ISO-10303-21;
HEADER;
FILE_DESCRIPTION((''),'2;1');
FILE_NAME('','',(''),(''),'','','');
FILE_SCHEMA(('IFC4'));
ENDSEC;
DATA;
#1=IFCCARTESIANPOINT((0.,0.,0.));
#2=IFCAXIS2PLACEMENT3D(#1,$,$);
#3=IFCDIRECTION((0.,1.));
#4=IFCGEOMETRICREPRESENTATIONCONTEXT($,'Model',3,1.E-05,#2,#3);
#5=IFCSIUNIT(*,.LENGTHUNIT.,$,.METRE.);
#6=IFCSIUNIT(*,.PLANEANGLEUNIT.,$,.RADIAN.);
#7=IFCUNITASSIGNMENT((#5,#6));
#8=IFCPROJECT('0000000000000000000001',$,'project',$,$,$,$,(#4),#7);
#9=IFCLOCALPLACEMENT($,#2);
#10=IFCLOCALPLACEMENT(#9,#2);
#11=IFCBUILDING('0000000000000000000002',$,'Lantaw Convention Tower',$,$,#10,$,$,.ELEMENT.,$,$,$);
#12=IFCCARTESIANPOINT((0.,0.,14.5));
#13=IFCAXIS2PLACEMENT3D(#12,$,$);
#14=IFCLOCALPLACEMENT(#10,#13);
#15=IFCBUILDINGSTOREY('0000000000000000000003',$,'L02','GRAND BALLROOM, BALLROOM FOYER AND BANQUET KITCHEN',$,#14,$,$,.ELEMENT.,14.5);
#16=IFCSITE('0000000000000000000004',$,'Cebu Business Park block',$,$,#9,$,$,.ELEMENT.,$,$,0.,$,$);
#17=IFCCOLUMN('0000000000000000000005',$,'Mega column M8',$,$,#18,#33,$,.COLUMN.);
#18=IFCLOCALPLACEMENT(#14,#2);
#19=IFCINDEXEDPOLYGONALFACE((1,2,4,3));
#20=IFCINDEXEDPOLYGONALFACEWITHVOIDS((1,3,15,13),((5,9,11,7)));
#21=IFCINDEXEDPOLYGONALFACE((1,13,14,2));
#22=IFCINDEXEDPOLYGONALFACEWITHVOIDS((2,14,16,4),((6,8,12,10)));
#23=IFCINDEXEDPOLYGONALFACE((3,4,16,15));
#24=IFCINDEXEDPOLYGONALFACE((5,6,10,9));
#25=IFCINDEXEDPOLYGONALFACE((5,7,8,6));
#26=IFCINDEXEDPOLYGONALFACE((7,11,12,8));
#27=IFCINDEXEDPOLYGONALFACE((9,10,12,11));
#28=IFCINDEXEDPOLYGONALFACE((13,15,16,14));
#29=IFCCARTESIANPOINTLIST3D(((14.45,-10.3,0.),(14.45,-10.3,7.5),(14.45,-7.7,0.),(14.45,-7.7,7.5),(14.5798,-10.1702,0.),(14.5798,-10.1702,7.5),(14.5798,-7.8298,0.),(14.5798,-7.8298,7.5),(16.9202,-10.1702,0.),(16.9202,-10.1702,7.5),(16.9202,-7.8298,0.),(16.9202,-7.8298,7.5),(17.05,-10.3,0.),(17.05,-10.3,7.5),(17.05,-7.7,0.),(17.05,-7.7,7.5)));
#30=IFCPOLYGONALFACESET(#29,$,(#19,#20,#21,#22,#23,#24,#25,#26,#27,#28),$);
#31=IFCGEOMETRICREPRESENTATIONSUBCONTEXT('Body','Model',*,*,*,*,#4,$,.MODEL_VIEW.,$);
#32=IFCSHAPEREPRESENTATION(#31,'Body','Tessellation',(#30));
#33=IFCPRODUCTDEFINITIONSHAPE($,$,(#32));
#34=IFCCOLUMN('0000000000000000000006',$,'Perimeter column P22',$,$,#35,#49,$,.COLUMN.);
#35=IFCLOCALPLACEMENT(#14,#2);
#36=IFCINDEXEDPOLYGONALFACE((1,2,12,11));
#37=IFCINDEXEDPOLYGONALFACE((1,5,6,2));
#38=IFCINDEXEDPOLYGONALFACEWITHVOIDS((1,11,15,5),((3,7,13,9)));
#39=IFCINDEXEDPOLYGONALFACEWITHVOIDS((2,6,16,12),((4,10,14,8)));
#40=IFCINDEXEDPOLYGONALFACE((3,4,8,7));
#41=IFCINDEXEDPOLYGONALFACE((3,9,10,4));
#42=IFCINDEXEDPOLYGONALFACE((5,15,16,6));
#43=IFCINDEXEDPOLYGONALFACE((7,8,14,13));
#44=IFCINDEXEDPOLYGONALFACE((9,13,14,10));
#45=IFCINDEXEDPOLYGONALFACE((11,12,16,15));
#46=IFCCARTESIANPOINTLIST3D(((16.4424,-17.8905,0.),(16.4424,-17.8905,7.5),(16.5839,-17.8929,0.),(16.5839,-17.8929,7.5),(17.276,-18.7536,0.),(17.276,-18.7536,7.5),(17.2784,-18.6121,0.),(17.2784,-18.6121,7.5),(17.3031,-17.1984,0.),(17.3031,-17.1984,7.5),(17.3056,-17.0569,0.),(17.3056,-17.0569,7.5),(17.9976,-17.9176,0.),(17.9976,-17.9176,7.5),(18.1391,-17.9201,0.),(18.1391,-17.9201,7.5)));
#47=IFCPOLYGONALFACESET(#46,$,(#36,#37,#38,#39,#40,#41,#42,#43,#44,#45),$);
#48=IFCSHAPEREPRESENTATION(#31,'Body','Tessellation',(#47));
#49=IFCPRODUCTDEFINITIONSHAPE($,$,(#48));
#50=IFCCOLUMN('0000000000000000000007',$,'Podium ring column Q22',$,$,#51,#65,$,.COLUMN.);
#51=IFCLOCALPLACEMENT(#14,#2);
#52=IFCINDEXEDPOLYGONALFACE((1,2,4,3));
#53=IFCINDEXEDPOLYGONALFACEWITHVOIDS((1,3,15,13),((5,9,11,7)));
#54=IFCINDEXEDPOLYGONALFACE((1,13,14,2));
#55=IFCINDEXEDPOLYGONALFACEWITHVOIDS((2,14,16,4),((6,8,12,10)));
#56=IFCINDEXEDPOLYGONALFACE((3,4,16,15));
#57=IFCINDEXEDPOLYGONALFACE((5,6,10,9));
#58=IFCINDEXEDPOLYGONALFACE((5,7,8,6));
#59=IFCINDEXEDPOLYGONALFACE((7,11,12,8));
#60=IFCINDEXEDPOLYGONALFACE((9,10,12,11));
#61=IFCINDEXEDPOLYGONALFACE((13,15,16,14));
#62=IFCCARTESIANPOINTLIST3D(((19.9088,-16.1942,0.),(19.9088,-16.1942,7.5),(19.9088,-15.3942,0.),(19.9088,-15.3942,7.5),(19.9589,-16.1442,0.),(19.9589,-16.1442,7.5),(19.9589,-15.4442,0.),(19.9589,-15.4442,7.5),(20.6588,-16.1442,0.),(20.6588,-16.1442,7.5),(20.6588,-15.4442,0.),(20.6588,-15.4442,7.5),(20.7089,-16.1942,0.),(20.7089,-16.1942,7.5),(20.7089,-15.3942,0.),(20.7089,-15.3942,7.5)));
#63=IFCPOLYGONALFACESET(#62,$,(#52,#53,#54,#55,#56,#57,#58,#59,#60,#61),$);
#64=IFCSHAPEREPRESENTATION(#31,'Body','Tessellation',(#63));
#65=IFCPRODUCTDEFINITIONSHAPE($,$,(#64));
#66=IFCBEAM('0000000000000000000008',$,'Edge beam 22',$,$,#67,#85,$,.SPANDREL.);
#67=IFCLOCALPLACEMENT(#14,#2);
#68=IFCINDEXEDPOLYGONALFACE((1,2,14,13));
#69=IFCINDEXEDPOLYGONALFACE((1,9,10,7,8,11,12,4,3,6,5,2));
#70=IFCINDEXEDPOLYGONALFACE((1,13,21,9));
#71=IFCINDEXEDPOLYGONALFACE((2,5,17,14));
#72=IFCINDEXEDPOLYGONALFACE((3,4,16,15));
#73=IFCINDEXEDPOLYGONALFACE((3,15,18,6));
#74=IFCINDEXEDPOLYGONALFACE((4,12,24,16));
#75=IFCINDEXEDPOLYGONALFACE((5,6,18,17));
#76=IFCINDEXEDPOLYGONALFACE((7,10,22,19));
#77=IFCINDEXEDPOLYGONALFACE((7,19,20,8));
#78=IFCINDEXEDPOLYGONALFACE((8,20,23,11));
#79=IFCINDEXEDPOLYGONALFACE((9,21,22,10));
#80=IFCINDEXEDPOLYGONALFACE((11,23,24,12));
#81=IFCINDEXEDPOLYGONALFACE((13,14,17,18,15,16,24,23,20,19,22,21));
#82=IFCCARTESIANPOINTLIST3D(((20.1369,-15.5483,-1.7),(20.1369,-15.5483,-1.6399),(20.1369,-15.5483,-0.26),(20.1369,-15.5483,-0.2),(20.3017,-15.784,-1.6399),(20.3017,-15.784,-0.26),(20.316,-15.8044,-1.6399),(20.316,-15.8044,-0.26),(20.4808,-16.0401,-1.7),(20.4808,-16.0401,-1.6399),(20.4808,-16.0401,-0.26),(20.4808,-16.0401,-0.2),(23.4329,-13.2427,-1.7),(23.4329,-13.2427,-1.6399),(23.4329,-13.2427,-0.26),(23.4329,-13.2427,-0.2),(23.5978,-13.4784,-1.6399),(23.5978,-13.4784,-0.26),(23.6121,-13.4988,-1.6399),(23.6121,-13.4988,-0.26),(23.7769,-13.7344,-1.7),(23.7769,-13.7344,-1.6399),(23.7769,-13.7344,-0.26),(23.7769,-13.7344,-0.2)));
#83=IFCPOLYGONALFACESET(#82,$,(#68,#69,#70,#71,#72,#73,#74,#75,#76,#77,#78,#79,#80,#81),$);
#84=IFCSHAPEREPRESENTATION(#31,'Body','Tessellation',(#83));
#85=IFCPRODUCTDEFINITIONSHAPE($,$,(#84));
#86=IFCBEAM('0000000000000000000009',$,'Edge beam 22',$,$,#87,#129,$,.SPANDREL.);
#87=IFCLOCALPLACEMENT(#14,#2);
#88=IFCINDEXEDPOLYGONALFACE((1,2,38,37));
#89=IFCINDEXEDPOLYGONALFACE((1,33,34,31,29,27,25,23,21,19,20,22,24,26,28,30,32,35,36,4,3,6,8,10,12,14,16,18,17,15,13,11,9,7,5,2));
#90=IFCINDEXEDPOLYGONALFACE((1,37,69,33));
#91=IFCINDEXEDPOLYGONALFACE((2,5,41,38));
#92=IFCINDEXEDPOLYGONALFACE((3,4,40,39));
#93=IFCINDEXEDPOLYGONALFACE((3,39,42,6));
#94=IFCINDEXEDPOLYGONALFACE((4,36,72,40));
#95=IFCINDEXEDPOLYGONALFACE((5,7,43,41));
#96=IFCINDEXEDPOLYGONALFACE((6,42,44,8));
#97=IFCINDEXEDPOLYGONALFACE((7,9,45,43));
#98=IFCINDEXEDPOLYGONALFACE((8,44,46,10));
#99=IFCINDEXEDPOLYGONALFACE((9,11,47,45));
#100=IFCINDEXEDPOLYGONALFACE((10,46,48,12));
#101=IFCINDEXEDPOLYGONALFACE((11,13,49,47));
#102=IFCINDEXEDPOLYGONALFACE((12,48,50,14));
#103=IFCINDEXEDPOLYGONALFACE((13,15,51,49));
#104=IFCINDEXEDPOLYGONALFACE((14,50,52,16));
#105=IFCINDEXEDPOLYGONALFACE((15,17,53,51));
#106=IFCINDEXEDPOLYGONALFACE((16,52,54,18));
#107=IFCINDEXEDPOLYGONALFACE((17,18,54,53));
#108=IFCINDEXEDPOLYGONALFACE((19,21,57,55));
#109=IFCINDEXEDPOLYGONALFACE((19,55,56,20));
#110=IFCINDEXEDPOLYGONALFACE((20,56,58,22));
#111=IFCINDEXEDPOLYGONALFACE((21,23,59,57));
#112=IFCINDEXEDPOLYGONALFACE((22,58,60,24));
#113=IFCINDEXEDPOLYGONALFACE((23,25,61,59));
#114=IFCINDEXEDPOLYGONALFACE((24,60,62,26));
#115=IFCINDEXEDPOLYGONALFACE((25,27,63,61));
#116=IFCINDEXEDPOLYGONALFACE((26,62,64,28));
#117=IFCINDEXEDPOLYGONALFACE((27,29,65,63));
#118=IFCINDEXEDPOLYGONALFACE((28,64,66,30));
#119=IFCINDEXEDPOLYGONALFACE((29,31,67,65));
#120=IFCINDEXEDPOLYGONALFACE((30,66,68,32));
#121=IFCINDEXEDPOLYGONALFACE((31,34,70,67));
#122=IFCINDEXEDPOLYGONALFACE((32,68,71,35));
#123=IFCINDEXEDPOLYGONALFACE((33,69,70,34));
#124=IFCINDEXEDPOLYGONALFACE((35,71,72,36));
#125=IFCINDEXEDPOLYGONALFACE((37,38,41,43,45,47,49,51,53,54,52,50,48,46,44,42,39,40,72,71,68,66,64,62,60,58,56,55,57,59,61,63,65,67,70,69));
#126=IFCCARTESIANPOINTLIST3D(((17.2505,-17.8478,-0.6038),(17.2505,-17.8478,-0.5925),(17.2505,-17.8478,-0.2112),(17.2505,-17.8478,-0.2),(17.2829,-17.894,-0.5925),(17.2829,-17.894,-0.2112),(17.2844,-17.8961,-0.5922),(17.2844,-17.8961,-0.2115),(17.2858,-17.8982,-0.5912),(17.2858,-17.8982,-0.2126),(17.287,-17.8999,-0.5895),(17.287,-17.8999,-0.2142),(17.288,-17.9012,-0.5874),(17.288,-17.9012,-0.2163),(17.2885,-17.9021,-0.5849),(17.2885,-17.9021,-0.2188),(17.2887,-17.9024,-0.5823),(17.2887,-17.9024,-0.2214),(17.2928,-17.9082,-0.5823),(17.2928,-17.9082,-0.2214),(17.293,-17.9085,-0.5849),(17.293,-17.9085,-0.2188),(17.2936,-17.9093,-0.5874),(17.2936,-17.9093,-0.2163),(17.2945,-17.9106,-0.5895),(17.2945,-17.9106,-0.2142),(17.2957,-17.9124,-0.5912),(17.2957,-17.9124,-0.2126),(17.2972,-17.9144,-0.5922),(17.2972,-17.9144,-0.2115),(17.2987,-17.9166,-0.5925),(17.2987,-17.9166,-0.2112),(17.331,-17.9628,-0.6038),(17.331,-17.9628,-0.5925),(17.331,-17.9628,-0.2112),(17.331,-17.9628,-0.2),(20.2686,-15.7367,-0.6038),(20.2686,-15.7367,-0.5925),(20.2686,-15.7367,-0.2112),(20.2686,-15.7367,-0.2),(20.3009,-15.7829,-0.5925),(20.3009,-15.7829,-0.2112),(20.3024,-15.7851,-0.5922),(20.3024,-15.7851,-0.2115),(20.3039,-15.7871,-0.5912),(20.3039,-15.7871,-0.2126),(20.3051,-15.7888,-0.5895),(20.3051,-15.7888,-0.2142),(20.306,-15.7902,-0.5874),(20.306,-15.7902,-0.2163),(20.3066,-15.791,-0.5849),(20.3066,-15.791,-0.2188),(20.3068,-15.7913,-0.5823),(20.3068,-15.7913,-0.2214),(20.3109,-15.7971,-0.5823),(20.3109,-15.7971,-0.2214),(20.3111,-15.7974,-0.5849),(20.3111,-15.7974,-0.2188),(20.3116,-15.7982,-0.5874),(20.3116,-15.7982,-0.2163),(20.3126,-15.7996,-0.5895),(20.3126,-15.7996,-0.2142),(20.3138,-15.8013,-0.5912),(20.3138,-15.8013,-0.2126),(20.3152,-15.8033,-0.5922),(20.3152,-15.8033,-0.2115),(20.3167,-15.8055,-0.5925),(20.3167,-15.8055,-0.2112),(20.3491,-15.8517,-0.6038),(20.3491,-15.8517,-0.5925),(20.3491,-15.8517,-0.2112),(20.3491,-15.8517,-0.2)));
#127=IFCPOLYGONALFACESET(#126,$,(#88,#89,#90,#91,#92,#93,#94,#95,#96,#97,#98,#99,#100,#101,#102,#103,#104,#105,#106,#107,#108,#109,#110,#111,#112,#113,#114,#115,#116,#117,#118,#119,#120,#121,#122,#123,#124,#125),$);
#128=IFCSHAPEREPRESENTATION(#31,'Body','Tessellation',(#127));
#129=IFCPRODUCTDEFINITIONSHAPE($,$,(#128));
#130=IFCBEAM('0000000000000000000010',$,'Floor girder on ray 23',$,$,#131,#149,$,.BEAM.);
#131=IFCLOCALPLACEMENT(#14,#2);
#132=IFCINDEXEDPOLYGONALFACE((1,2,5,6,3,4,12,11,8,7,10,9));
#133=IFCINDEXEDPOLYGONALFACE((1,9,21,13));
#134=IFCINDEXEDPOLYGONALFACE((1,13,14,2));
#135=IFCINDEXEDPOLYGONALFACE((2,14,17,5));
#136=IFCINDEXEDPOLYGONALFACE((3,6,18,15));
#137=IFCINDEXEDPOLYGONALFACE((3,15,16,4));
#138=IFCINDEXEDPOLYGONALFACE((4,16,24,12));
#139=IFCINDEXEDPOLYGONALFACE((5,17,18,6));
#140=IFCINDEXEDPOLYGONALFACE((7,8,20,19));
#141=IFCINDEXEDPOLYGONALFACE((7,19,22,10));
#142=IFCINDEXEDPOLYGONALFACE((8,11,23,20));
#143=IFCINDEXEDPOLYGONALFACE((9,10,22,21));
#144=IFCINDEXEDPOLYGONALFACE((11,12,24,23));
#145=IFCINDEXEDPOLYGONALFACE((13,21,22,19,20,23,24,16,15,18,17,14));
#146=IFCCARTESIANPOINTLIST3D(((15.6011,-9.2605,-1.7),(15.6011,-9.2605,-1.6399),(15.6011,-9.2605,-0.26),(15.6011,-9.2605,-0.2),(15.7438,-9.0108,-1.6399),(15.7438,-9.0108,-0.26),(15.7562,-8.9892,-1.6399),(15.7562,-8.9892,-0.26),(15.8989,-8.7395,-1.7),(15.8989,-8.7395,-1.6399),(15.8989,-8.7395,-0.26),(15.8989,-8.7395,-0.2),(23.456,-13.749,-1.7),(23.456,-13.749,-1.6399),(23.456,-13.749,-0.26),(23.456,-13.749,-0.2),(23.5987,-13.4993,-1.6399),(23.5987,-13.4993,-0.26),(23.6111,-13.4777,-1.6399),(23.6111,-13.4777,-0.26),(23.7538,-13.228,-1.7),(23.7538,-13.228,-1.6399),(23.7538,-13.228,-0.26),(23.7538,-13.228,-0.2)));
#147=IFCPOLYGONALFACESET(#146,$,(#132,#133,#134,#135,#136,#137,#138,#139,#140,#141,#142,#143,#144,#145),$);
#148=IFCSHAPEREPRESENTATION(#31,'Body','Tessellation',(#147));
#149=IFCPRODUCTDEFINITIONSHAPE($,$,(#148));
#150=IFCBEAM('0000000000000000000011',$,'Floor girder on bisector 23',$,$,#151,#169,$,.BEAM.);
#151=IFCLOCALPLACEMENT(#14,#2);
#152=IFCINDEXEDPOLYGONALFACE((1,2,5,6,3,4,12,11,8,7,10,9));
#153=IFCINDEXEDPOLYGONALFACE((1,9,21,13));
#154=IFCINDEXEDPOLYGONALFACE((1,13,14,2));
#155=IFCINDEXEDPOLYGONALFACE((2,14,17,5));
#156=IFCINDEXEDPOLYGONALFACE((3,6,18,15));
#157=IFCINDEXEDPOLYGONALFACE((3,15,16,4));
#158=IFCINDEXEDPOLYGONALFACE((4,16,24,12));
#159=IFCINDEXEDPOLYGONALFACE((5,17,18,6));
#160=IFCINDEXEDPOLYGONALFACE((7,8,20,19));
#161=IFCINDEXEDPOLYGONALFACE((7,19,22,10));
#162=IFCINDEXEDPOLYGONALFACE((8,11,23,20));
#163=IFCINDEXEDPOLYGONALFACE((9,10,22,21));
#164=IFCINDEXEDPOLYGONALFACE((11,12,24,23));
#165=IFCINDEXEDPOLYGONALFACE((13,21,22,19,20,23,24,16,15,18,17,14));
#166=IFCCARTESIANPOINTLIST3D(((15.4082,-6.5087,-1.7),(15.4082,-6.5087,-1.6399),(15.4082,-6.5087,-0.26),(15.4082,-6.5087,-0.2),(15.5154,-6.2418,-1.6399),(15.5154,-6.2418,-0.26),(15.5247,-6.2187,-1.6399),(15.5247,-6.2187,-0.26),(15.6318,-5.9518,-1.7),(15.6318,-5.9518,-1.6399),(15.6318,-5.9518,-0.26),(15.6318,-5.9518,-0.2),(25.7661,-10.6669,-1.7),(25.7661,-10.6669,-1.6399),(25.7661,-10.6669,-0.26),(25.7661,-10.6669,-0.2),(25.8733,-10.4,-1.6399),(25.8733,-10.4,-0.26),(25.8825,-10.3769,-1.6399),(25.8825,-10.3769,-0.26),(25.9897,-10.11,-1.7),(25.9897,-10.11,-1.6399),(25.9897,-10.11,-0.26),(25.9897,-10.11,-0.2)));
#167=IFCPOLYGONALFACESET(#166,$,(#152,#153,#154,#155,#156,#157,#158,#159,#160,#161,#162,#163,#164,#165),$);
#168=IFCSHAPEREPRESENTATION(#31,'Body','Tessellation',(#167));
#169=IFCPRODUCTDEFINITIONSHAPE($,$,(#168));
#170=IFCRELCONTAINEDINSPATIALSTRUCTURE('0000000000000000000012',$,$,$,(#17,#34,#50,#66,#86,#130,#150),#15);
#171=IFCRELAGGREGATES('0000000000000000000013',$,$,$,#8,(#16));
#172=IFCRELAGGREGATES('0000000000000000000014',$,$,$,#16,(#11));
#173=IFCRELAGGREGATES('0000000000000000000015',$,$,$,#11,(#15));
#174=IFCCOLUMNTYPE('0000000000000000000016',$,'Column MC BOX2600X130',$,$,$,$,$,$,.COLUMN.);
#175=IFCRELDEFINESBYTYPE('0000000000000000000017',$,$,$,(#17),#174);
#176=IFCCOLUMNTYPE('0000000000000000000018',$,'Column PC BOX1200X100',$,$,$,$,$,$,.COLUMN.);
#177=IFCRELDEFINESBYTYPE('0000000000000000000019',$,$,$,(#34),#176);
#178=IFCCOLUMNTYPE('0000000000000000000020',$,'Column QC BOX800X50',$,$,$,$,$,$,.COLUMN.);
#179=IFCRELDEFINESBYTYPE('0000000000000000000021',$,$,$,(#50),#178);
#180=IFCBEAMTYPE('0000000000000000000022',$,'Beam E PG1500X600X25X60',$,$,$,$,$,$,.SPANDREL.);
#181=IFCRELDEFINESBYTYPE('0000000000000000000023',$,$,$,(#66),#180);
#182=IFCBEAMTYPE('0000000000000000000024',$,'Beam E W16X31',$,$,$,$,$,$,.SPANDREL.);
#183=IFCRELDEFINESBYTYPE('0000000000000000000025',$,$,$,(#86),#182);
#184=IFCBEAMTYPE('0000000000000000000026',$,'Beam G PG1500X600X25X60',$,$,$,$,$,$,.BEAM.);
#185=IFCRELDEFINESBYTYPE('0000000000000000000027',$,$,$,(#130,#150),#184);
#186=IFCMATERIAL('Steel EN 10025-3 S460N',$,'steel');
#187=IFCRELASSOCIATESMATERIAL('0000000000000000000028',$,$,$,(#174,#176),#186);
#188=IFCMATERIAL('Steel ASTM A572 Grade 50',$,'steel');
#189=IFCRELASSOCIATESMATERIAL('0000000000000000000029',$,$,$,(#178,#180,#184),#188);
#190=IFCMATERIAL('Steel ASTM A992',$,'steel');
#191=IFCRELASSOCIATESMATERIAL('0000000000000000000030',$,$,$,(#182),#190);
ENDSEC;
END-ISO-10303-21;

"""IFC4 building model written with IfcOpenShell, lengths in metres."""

from ifc_helpers import new_model, si_unit, direction, frame, origin, origin_2d, place, context, subcontext, project, spatial, rectangle, hollow_rectangle, i_section, extrude, material, material_profile, profile_set, type_object, element, save


model = new_model("IFC4")

# Units and contexts
model_context = context("Model", 3, precision=1e-05, world=origin(), true_north=direction((0.0, 1.0)))
body_context = subcontext(model_context, "Body", "Model", "MODEL_VIEW")
ifc_project = project(units=[si_unit("LENGTHUNIT", "METRE"), si_unit("PLANEANGLEUNIT", "RADIAN")], contexts=[model_context])

# Site, building, storey
site_placement = place(None, origin())
site = spatial("IfcSite", under=ifc_project, at=site_placement, Name="Cebu Business Park block", CompositionType="ELEMENT", RefElevation=0.0)
building_placement = place(site_placement, origin())
building = spatial("IfcBuilding", under=site, at=building_placement, Name="Lantaw Convention Tower", CompositionType="ELEMENT")
storey_placement = place(building_placement, frame((0.0, 0.0, 14.5)))
storey = spatial("IfcBuildingStorey", under=building, at=storey_placement, Name="L02", Description="GRAND BALLROOM, BALLROOM FOYER AND BANQUET KITCHEN", CompositionType="ELEMENT", Elevation=14.5)

# Columns
ifc_material_1 = material(Name="Steel EN 10025-3 S460N", Category="steel")
ifc_material_profile_1 = material_profile(ifc_material_1, hollow_rectangle(XDim=2.6001, YDim=2.6001, WallThickness=0.1299, at=origin_2d()), Name="BOX2600X130")
ifc_material_2 = material(Name="Concrete C60/75", Category="concrete")
ifc_material_profile_2 = material_profile(ifc_material_2, rectangle(XDim=2.3401, YDim=2.3401, at=origin_2d()), Name="Concrete fill of BOX2600X130")
ifc_profile_set_1 = profile_set([ifc_material_profile_1, ifc_material_profile_2], Name="Steel EN 10025-3 S460N")
column_type_1 = type_object("IfcColumnType", Name="Column MC BOX2600X130", PredefinedType="COLUMN", material=ifc_profile_set_1)
column_1_placement = place(storey_placement, frame((15.75, -9.0, 0.0), z_axis=(0.0, 0.0, 1.0), x_axis=(1.0, 0.0, 0.0)))
element("IfcColumn", 1, at=column_1_placement, inside=storey, type_object=column_type_1, Name="Mega column M8", PredefinedType="COLUMN", context=body_context, shape_type="SweptSolid", body=[
    extrude(hollow_rectangle(XDim=2.6001, YDim=2.6001, WallThickness=0.1299, at=origin_2d()), origin(), (0.0, 0.0, 1.0), 7.5),
])
ifc_material_profile_3 = material_profile(ifc_material_1, hollow_rectangle(XDim=1.2, YDim=1.2, WallThickness=0.1001, at=origin_2d()), Name="BOX1200X100")
ifc_material_profile_4 = material_profile(ifc_material_2, rectangle(XDim=1.0, YDim=1.0, at=origin_2d()), Name="Concrete fill of BOX1200X100")
ifc_profile_set_2 = profile_set([ifc_material_profile_3, ifc_material_profile_4], Name="Steel EN 10025-3 S460N")
column_type_2 = type_object("IfcColumnType", Name="Column PC BOX1200X100", PredefinedType="COLUMN", material=ifc_profile_set_2)
column_2_placement = place(storey_placement, frame((17.2908, -17.9053, 0.0), z_axis=(0.0, 0.0, 1.0), x_axis=(0.71934, 0.694658, 0.0)))
element("IfcColumn", 2, at=column_2_placement, inside=storey, type_object=column_type_2, Name="Perimeter column P22", PredefinedType="COLUMN", context=body_context, shape_type="SweptSolid", body=[
    extrude(hollow_rectangle(XDim=1.2, YDim=1.2, WallThickness=0.1001, at=origin_2d()), origin(), (0.0, 0.0, 1.0), 7.5),
])
ifc_material_3 = material(Name="Steel ASTM A572 Grade 50", Category="steel")
ifc_material_profile_5 = material_profile(ifc_material_3, hollow_rectangle(XDim=0.8, YDim=0.8, WallThickness=0.05, at=origin_2d()), Name="BOX800X50")
ifc_profile_set_3 = profile_set([ifc_material_profile_5], Name="Steel ASTM A572 Grade 50")
column_type_3 = type_object("IfcColumnType", Name="Column QC BOX800X50", PredefinedType="COLUMN", material=ifc_profile_set_3)
column_3_placement = place(storey_placement, frame((20.3088, -15.7942, 0.0), z_axis=(0.0, 0.0, 1.0), x_axis=(1.0, 0.0, 0.0)))
element("IfcColumn", 3, at=column_3_placement, inside=storey, type_object=column_type_3, Name="Podium ring column Q22", PredefinedType="COLUMN", context=body_context, shape_type="SweptSolid", body=[
    extrude(hollow_rectangle(XDim=0.8, YDim=0.8, WallThickness=0.05, at=origin_2d()), origin(), (0.0, 0.0, 1.0), 7.5),
])

# Beams
ifc_material_profile_6 = material_profile(ifc_material_3, i_section(OverallWidth=0.6001, OverallDepth=1.5, WebThickness=0.0249, FlangeThickness=0.0601, at=origin_2d()), Name="PG1500X600X25X60")
ifc_profile_set_4 = profile_set([ifc_material_profile_6], Name="Steel ASTM A572 Grade 50")
beam_type_1 = type_object("IfcBeamType", Name="Beam E PG1500X600X25X60", PredefinedType="SPANDREL", material=ifc_profile_set_4)
beam_1_placement = place(storey_placement, frame((20.3088, -15.7942, -0.95), z_axis=(0.819423, 0.573189, 0.0), x_axis=(-0.573189, 0.819423, 0.0)))
element("IfcBeam", 4, at=beam_1_placement, inside=storey, type_object=beam_type_1, Name="Edge beam 22", PredefinedType="SPANDREL", context=body_context, shape_type="SweptSolid", body=[
    extrude(i_section(OverallWidth=0.6001, OverallDepth=1.5, WebThickness=0.0249, FlangeThickness=0.0601, at=origin_2d()), origin(), (0.0, 0.0, 1.0), 4.0225),
])
ifc_material_4 = material(Name="Steel ASTM A992", Category="steel")
ifc_material_profile_7 = material_profile(ifc_material_4, i_section(OverallWidth=0.1404, OverallDepth=0.4038, WebThickness=0.0071, FlangeThickness=0.0112, FilletRadius=0.0103, at=origin_2d()), Name="W16X31")
ifc_profile_set_5 = profile_set([ifc_material_profile_7], Name="Steel ASTM A992")
beam_type_2 = type_object("IfcBeamType", Name="Beam E W16X31", PredefinedType="SPANDREL", material=ifc_profile_set_5)
beam_2_placement = place(storey_placement, frame((17.2908, -17.9053, -0.4019), z_axis=(0.819431, 0.573178, 0.0), x_axis=(-0.573178, 0.819431, 0.0)))
element("IfcBeam", 5, at=beam_2_placement, inside=storey, type_object=beam_type_2, Name="Edge beam 22", PredefinedType="SPANDREL", context=body_context, shape_type="SweptSolid", body=[
    extrude(i_section(OverallWidth=0.1404, OverallDepth=0.4038, WebThickness=0.0071, FlangeThickness=0.0112, FilletRadius=0.0103, at=origin_2d()), origin(), (0.0, 0.0, 1.0), 3.6831),
])
ifc_material_profile_8 = material_profile(ifc_material_3, i_section(OverallWidth=0.6001, OverallDepth=1.5, WebThickness=0.0249, FlangeThickness=0.0601, at=origin_2d()), Name="PG1500X600X25X60")
ifc_profile_set_6 = profile_set([ifc_material_profile_8], Name="Steel ASTM A572 Grade 50")
beam_type_3 = type_object("IfcBeamType", Name="Beam G PG1500X600X25X60", PredefinedType="BEAM", material=ifc_profile_set_6)
beam_3_placement = place(storey_placement, frame((15.75, -9.0, -0.95), z_axis=(0.868245, -0.496136, 0.0), x_axis=(0.496136, 0.868245, 0.0)))
element("IfcBeam", 6, at=beam_3_placement, inside=storey, type_object=beam_type_3, Name="Floor girder on ray 23", PredefinedType="BEAM", context=body_context, shape_type="SweptSolid", body=[
    extrude(i_section(OverallWidth=0.6001, OverallDepth=1.5, WebThickness=0.0249, FlangeThickness=0.0601, at=origin_2d()), origin(), (0.0, 0.0, 1.0), 9.0469),
])
beam_4_placement = place(storey_placement, frame((15.52, -6.2302, -0.95), z_axis=(0.928011, -0.372552, 0.0), x_axis=(0.372552, 0.928011, 0.0)))
element("IfcBeam", 7, at=beam_4_placement, inside=storey, type_object=beam_type_3, Name="Floor girder on bisector 23", PredefinedType="BEAM", context=body_context, shape_type="SweptSolid", body=[
    extrude(i_section(OverallWidth=0.6001, OverallDepth=1.5, WebThickness=0.0249, FlangeThickness=0.0601, at=origin_2d()), origin(), (0.0, 0.0, 1.0), 11.1614),
])

save(model, "model.ifc")
